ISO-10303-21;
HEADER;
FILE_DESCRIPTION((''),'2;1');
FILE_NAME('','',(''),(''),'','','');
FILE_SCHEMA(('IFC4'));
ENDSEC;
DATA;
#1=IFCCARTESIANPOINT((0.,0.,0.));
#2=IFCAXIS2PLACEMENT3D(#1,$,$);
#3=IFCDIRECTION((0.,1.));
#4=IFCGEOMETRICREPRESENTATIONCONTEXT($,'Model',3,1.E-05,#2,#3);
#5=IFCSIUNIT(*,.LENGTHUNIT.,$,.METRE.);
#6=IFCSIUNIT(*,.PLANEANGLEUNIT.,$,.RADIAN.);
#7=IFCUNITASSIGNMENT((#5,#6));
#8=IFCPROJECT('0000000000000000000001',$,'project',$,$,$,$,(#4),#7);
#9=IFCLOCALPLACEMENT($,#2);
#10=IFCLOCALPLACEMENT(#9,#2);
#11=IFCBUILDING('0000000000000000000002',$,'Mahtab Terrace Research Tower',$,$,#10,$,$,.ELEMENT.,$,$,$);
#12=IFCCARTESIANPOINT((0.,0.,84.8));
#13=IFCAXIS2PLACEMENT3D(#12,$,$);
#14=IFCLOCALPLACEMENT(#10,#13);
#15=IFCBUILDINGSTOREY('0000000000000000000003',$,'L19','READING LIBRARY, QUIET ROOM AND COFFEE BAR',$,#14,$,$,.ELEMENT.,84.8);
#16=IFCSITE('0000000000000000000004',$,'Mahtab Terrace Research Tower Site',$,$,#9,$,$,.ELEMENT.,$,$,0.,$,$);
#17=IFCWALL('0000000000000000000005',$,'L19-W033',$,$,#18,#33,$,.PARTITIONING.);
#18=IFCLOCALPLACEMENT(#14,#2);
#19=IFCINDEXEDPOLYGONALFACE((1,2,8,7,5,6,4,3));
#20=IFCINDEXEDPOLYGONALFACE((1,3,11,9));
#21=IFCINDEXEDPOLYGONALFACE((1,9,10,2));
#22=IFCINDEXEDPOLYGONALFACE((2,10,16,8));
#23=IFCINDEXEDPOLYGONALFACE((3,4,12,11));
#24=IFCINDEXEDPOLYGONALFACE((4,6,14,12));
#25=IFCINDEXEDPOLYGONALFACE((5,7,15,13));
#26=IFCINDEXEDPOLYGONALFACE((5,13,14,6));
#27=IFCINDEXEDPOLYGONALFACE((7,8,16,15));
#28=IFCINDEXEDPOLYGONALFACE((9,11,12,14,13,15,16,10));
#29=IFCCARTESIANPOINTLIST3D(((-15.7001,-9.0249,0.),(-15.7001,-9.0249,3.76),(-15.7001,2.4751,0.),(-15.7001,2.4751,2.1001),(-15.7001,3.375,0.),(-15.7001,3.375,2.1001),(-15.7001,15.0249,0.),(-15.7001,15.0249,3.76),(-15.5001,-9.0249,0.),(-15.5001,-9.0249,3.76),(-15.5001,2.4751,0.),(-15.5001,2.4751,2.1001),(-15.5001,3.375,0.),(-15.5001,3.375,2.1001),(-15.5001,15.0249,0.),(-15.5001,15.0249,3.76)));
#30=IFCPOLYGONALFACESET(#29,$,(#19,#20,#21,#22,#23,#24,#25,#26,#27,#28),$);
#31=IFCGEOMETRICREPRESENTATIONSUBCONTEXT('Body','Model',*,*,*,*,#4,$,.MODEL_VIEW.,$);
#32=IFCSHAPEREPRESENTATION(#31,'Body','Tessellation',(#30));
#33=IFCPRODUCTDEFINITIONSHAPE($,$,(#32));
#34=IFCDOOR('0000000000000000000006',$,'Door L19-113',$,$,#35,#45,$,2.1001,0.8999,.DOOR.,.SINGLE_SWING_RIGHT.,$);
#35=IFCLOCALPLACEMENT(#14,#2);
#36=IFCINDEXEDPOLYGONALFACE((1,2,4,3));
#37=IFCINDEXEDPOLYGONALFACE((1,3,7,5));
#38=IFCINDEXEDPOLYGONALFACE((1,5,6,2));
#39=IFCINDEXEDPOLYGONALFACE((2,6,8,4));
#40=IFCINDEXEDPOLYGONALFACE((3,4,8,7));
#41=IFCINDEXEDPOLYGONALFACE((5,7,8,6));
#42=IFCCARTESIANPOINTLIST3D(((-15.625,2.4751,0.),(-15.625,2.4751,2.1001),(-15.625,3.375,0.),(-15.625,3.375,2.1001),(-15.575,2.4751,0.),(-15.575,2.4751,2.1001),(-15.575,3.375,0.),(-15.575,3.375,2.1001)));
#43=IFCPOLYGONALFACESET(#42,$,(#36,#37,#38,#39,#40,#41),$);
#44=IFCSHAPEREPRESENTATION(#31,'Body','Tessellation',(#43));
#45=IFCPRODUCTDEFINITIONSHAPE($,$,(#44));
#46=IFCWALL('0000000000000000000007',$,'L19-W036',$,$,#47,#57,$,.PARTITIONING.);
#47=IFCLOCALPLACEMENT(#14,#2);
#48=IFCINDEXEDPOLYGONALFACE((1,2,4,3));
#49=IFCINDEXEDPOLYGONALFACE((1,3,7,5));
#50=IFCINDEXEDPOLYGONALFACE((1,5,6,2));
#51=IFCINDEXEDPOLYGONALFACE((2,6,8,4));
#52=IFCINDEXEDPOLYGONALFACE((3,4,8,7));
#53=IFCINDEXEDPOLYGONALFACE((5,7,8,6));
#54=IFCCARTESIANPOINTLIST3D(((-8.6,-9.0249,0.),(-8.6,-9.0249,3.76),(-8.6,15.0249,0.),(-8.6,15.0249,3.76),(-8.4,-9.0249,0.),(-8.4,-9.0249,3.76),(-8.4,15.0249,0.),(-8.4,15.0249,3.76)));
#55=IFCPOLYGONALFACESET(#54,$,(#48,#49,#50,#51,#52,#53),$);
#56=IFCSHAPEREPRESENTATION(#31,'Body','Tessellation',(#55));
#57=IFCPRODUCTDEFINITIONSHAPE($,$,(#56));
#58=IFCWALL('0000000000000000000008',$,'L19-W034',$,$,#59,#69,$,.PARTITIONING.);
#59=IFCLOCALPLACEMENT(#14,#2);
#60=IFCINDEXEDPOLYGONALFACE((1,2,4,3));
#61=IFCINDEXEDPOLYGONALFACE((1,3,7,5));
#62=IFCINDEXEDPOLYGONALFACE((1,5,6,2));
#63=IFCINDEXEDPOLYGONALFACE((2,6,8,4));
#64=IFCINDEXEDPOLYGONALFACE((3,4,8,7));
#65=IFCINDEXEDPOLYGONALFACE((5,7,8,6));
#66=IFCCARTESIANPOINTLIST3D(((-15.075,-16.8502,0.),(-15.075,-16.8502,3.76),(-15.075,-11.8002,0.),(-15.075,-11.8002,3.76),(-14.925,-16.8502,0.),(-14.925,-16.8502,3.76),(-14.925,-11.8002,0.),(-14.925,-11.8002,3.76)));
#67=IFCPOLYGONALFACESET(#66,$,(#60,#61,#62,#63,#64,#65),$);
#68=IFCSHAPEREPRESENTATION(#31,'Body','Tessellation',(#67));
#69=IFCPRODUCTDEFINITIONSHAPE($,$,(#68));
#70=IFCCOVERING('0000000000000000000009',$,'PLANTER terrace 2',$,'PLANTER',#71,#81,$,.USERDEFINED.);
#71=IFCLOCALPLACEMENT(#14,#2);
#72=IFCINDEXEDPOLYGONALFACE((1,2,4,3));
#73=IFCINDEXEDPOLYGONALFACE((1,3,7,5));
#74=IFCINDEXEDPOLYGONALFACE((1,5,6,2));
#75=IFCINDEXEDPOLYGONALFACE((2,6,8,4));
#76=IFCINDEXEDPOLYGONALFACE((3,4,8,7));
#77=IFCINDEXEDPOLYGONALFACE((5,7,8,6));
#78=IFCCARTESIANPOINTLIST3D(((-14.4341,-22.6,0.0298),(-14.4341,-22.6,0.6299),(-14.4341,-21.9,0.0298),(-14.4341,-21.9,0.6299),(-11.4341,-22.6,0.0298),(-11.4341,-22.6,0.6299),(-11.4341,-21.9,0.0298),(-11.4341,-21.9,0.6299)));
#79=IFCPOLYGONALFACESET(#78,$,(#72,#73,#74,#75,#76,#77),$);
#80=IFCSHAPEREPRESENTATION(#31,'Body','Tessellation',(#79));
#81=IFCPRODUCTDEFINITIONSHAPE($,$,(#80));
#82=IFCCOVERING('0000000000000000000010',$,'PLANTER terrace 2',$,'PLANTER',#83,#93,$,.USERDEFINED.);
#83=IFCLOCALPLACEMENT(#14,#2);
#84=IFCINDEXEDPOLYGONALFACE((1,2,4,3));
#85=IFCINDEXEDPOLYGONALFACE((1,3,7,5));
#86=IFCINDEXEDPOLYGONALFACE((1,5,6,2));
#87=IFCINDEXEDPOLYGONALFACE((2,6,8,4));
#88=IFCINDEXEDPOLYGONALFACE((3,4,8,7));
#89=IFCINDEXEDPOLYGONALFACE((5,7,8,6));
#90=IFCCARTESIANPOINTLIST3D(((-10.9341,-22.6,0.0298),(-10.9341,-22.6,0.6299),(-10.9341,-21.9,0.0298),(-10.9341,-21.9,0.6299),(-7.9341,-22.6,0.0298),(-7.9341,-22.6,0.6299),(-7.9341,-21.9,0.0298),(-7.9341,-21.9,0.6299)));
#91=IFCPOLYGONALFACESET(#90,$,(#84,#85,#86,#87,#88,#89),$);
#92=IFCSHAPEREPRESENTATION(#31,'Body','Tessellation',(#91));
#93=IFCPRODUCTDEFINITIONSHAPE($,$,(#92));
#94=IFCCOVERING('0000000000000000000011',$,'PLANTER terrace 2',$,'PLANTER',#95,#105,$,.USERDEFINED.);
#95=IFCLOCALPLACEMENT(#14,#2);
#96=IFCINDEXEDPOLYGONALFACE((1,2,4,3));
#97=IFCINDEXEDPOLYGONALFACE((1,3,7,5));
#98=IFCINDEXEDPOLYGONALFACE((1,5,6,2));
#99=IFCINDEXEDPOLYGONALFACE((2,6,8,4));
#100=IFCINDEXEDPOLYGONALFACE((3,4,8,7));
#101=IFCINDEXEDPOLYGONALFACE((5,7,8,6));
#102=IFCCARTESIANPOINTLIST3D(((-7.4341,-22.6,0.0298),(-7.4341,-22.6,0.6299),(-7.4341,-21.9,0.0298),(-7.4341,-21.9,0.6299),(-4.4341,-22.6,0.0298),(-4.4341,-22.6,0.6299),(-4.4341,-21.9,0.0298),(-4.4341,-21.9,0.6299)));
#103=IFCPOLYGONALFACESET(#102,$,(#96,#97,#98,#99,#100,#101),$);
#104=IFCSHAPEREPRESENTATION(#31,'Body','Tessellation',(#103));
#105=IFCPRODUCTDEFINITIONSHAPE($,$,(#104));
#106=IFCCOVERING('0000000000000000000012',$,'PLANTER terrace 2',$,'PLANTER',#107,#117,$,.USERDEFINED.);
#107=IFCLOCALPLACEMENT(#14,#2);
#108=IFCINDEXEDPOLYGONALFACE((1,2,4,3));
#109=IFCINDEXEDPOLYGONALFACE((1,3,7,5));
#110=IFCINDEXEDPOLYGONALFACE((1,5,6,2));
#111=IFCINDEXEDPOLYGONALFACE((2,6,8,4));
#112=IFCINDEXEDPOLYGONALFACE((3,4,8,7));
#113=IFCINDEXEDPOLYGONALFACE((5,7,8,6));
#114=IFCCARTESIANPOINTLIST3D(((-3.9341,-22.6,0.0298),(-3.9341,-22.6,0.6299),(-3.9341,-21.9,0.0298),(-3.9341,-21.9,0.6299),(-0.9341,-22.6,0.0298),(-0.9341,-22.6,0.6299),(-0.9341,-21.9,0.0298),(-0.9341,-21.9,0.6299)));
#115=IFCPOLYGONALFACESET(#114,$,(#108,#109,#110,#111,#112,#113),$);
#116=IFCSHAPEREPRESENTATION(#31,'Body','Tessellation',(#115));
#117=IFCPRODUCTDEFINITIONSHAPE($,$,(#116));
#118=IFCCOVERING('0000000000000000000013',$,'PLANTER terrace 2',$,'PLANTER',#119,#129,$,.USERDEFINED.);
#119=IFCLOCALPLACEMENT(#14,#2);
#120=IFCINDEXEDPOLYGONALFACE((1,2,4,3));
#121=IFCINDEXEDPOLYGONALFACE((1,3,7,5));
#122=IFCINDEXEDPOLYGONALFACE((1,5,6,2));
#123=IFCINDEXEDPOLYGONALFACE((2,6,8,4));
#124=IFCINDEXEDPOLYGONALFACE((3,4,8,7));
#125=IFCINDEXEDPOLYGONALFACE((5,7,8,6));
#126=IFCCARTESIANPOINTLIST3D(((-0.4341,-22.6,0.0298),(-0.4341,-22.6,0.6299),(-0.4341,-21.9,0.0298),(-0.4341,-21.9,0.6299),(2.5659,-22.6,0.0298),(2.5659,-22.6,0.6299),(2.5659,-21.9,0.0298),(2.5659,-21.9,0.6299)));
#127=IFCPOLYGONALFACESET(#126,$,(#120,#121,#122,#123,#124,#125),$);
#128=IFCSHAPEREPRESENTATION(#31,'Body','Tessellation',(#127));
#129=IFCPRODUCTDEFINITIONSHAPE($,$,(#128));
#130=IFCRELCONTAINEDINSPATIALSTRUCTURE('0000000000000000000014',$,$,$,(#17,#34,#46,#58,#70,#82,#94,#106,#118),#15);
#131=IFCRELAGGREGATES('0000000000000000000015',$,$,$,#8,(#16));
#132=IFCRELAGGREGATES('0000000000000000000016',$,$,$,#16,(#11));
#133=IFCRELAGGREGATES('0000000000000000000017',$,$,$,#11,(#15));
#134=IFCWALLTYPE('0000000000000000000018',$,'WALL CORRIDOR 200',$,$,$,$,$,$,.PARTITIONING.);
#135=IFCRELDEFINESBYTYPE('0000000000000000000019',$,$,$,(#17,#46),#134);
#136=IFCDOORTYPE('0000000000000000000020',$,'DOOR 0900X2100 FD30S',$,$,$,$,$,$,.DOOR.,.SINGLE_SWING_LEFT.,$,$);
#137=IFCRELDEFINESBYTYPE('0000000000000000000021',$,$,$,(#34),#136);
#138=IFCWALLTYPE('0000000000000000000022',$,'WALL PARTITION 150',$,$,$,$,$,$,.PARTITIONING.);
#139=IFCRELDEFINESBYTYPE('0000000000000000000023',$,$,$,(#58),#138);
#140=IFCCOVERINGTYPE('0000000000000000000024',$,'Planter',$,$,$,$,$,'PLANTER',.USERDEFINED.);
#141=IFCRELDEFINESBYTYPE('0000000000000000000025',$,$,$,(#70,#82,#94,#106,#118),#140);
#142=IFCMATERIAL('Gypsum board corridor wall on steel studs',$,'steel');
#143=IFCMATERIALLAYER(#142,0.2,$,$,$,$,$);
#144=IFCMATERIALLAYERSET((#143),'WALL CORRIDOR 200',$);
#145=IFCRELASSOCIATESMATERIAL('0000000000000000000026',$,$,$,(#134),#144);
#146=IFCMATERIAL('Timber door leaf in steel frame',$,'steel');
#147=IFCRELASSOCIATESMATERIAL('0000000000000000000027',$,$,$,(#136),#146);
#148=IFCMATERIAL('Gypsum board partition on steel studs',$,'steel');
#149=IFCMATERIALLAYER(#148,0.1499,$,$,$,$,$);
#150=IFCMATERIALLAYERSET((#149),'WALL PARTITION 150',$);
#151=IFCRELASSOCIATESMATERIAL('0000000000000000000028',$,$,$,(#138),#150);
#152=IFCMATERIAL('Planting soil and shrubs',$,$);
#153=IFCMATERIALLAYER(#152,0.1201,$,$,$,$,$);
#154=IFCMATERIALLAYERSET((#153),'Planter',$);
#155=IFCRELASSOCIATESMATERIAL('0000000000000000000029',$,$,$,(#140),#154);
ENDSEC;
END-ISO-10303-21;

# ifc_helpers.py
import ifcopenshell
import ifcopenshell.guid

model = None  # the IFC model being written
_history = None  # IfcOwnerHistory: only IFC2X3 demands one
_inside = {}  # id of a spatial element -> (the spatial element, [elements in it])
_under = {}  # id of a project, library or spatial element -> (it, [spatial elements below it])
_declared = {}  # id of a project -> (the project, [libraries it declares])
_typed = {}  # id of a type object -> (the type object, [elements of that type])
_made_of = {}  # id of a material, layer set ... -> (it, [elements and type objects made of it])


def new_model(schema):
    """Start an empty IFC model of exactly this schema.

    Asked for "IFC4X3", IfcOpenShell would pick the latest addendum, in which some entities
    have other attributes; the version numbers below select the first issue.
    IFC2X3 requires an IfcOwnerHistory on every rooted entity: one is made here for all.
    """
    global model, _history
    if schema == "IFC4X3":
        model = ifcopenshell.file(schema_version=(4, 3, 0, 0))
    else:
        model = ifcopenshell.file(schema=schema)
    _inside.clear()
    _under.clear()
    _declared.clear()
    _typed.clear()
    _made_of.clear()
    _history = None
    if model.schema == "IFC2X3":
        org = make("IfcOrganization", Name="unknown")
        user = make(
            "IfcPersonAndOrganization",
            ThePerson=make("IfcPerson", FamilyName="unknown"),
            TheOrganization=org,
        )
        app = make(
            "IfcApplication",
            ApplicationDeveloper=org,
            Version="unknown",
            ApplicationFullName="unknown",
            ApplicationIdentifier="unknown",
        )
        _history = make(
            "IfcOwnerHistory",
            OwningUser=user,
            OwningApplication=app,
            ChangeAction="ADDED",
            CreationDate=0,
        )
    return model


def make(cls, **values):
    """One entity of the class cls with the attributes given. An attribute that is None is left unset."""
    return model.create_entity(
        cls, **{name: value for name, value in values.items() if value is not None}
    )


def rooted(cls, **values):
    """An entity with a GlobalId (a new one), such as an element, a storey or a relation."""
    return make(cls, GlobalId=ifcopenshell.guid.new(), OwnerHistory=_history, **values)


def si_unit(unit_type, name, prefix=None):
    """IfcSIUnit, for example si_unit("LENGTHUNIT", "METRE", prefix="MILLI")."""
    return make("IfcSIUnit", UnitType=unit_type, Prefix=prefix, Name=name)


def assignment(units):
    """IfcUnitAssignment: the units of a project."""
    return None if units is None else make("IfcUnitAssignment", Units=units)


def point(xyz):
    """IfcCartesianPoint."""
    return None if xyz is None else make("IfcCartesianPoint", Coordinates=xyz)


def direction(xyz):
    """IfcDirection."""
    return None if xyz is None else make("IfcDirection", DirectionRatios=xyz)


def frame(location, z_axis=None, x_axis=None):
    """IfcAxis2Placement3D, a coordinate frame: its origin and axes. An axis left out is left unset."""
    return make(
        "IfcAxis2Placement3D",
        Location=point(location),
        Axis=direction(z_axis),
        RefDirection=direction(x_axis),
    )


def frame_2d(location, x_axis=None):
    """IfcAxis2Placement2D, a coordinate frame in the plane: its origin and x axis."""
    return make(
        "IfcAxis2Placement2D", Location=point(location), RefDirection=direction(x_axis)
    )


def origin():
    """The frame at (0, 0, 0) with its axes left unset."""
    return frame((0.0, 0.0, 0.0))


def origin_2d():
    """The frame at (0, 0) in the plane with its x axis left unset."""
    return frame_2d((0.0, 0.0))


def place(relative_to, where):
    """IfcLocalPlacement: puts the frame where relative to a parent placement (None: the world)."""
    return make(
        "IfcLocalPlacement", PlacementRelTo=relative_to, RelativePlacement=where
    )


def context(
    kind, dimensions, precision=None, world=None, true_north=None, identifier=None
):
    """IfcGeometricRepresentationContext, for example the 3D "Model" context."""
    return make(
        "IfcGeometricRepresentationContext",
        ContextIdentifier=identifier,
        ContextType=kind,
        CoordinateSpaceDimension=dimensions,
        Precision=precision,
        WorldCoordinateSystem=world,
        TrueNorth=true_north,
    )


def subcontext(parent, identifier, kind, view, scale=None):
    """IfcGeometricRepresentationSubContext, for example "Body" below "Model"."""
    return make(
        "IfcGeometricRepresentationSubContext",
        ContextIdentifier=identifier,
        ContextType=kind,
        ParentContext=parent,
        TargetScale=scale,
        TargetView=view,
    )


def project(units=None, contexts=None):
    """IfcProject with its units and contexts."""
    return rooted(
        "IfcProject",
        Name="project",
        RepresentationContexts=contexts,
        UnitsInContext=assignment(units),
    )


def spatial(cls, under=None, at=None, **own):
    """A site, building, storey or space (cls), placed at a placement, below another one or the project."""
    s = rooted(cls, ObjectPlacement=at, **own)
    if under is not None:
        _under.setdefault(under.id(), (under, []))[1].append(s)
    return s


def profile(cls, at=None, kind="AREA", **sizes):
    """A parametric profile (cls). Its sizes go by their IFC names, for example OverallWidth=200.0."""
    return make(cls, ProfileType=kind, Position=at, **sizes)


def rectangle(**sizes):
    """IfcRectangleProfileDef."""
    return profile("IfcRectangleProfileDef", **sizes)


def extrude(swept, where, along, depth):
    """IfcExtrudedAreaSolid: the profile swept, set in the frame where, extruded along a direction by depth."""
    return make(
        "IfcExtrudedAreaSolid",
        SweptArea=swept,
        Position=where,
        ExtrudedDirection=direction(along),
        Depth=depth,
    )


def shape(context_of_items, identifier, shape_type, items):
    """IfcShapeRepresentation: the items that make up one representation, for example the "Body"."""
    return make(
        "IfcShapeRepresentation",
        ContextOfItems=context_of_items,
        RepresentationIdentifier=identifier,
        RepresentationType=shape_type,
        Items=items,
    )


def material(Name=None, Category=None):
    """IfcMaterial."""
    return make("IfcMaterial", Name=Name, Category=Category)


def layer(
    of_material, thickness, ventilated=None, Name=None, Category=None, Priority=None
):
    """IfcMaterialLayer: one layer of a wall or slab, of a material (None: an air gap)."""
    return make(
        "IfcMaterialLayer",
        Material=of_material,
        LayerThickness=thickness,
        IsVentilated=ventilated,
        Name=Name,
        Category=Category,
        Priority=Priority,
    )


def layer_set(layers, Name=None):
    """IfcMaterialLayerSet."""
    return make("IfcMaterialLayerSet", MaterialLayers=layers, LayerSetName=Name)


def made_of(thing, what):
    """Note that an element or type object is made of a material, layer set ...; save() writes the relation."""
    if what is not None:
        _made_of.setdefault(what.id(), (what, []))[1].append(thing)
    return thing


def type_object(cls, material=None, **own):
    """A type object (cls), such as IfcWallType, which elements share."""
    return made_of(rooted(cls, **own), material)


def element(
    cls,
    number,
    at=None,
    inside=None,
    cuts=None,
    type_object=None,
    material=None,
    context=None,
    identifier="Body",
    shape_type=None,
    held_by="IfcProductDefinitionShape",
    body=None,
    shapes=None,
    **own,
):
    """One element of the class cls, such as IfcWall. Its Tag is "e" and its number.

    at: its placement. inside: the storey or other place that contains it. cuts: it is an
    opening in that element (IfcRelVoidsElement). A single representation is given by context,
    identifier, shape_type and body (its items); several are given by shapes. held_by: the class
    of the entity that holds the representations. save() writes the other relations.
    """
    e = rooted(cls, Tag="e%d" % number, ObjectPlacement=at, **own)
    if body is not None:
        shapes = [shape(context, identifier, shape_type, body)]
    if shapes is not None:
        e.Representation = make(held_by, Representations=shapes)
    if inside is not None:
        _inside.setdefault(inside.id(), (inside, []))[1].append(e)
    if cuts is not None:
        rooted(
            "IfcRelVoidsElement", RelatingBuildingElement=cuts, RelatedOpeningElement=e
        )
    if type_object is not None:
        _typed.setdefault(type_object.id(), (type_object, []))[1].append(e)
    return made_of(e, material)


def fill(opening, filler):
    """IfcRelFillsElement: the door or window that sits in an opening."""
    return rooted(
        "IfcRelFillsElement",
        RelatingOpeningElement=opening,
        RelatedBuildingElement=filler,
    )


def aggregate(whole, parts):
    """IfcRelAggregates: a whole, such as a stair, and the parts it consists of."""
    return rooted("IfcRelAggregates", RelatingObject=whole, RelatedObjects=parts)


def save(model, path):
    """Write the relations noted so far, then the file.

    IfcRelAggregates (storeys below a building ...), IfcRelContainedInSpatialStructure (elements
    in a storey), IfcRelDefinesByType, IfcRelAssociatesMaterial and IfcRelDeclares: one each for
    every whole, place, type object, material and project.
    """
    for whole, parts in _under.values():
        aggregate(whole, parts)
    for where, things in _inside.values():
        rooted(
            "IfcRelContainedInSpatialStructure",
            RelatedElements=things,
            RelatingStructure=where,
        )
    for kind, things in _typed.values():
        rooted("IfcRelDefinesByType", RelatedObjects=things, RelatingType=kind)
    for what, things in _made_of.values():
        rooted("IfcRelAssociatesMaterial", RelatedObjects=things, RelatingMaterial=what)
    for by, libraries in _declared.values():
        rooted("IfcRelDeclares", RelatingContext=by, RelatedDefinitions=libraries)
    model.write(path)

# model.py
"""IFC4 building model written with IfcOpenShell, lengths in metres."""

from ifc_helpers import new_model, si_unit, direction, frame, frame_2d, origin, origin_2d, place, context, subcontext, project, spatial, rectangle, extrude, material, layer, layer_set, type_object, element, fill, save


model = new_model("IFC4")

# Units and contexts
model_context = context("Model", 3, precision=1e-05, world=origin(), true_north=direction((0.0, 1.0)))
body_context = subcontext(model_context, "Body", "Model", "MODEL_VIEW")
ifc_project = project(units=[si_unit("LENGTHUNIT", "METRE"), si_unit("PLANEANGLEUNIT", "RADIAN")], contexts=[model_context])

# Site, building, storey
site_placement = place(None, origin())
site = spatial("IfcSite", under=ifc_project, at=site_placement, Name="Mahtab Terrace Research Tower Site", CompositionType="ELEMENT", RefElevation=0.0)
building_placement = place(site_placement, origin())
building = spatial("IfcBuilding", under=site, at=building_placement, Name="Mahtab Terrace Research Tower", CompositionType="ELEMENT")
storey_placement = place(building_placement, frame((0.0, 0.0, 84.8)))
storey = spatial("IfcBuildingStorey", under=building, at=storey_placement, Name="L19", Description="READING LIBRARY, QUIET ROOM AND COFFEE BAR", CompositionType="ELEMENT", Elevation=84.8)

# Shared definitions
ifc_material_1 = material(Name="Gypsum board corridor wall on steel studs", Category="steel")
ifc_layer_1 = layer(ifc_material_1, 0.2)
ifc_layer_set_1 = layer_set([ifc_layer_1], Name="WALL CORRIDOR 200")
wall_type_1 = type_object("IfcWallType", Name="WALL CORRIDOR 200", PredefinedType="PARTITIONING", material=ifc_layer_set_1)

# Wall, opening, door
wall_1_placement = place(storey_placement, frame((-15.6001, -9.0249, 0.0), z_axis=(0.0, 0.0, 1.0), x_axis=(0.0, 1.0, 0.0)))
wall_1 = element("IfcWall", 1, at=wall_1_placement, inside=storey, type_object=wall_type_1, Name="L19-W033", PredefinedType="PARTITIONING", context=body_context, shape_type="SweptSolid", body=[
    extrude(rectangle(XDim=24.0498, YDim=0.2, at=frame_2d((12.0249, 0.0))), origin(), (0.0, 0.0, 1.0), 3.76),
])
opening_1_placement = place(wall_1_placement, frame((11.5, 0.0, 0.0)))
opening_1 = element("IfcOpeningElement", 2, at=opening_1_placement, cuts=wall_1, PredefinedType="OPENING", context=body_context, shape_type="SweptSolid", body=[
    extrude(rectangle(XDim=0.8999, YDim=2.1001, at=frame_2d((0.45, 1.05))), frame((0.0, 0.1099, 0.0), z_axis=(0.0, -1.0, 0.0), x_axis=(1.0, 0.0, 0.0)), (0.0, 0.0, 1.0), 0.22),
])
ifc_material_2 = material(Name="Timber door leaf in steel frame", Category="steel")
door_type_1 = type_object("IfcDoorType", Name="DOOR 0900X2100 FD30S", OperationType="SINGLE_SWING_LEFT", PredefinedType="DOOR", material=ifc_material_2)
door_1_placement = place(opening_1_placement, origin())
door_1 = element("IfcDoor", 3, at=door_1_placement, inside=storey, type_object=door_type_1, Name="Door L19-113", OperationType="SINGLE_SWING_RIGHT", OverallHeight=2.1001, OverallWidth=0.8999, PredefinedType="DOOR", context=body_context, shape_type="SweptSolid", body=[
    extrude(rectangle(XDim=0.8999, YDim=2.1001, at=frame_2d((0.45, 1.05))), frame((0.0, 0.0249, 0.0), z_axis=(0.0, -1.0, 0.0), x_axis=(1.0, 0.0, 0.0)), (0.0, 0.0, 1.0), 0.05),
])
fill(opening_1, door_1)

# Walls
wall_2_placement = place(storey_placement, frame((-8.5, -9.0249, 0.0), z_axis=(0.0, 0.0, 1.0), x_axis=(0.0, 1.0, 0.0)))
element("IfcWall", 4, at=wall_2_placement, inside=storey, type_object=wall_type_1, Name="L19-W036", PredefinedType="PARTITIONING", context=body_context, shape_type="SweptSolid", body=[
    extrude(rectangle(XDim=24.0498, YDim=0.2, at=frame_2d((12.0249, 0.0))), origin(), (0.0, 0.0, 1.0), 3.76),
])
ifc_material_3 = material(Name="Gypsum board partition on steel studs", Category="steel")
ifc_layer_2 = layer(ifc_material_3, 0.1499)
ifc_layer_set_2 = layer_set([ifc_layer_2], Name="WALL PARTITION 150")
wall_type_2 = type_object("IfcWallType", Name="WALL PARTITION 150", PredefinedType="PARTITIONING", material=ifc_layer_set_2)
wall_3_placement = place(storey_placement, frame((-15.0, -16.8501, 0.0), z_axis=(0.0, 0.0, 1.0), x_axis=(0.0, 1.0, 0.0)))
element("IfcWall", 5, at=wall_3_placement, inside=storey, type_object=wall_type_2, Name="L19-W034", PredefinedType="PARTITIONING", context=body_context, shape_type="SweptSolid", body=[
    extrude(rectangle(XDim=5.05, YDim=0.1499, at=frame_2d((2.5249, 0.0))), origin(), (0.0, 0.0, 1.0), 3.76),
])

# Coverings
ifc_material_4 = material(Name="Planting soil and shrubs")
ifc_layer_3 = layer(ifc_material_4, 0.1201)
ifc_layer_set_3 = layer_set([ifc_layer_3], Name="Planter")
covering_type_1 = type_object("IfcCoveringType", Name="Planter", ElementType="PLANTER", PredefinedType="USERDEFINED", material=ifc_layer_set_3)
for number, where, z_axis, x_axis, name in (
    (6, (-12.9341, -22.25, 0.0298), (0.0, 0.0, 1.0), (1.0, 0.0, 0.0), "PLANTER terrace 2"),
    (7, (-9.4341, -22.25, 0.0298), (0.0, 0.0, 1.0), (1.0, 0.0, 0.0), "PLANTER terrace 2"),
    (8, (-5.9341, -22.25, 0.0298), (0.0, 0.0, 1.0), (1.0, 0.0, 0.0), "PLANTER terrace 2"),
    (9, (-2.4341, -22.25, 0.0298), (0.0, 0.0, 1.0), (1.0, 0.0, 0.0), "PLANTER terrace 2"),
    (10, (1.0659, -22.25, 0.0298), (0.0, 0.0, 1.0), (1.0, 0.0, 0.0), "PLANTER terrace 2"),
):
    element("IfcCovering", number, at=place(storey_placement, frame(where, z_axis=z_axis, x_axis=x_axis)), inside=storey, type_object=covering_type_1, Name=name, ObjectType="PLANTER", PredefinedType="USERDEFINED", context=body_context, shape_type="SweptSolid", body=[
        extrude(rectangle(XDim=3.0, YDim=0.7, at=origin_2d()), origin(), (0.0, 0.0, 1.0), 0.6001),
    ])

save(model, "model.ifc")
